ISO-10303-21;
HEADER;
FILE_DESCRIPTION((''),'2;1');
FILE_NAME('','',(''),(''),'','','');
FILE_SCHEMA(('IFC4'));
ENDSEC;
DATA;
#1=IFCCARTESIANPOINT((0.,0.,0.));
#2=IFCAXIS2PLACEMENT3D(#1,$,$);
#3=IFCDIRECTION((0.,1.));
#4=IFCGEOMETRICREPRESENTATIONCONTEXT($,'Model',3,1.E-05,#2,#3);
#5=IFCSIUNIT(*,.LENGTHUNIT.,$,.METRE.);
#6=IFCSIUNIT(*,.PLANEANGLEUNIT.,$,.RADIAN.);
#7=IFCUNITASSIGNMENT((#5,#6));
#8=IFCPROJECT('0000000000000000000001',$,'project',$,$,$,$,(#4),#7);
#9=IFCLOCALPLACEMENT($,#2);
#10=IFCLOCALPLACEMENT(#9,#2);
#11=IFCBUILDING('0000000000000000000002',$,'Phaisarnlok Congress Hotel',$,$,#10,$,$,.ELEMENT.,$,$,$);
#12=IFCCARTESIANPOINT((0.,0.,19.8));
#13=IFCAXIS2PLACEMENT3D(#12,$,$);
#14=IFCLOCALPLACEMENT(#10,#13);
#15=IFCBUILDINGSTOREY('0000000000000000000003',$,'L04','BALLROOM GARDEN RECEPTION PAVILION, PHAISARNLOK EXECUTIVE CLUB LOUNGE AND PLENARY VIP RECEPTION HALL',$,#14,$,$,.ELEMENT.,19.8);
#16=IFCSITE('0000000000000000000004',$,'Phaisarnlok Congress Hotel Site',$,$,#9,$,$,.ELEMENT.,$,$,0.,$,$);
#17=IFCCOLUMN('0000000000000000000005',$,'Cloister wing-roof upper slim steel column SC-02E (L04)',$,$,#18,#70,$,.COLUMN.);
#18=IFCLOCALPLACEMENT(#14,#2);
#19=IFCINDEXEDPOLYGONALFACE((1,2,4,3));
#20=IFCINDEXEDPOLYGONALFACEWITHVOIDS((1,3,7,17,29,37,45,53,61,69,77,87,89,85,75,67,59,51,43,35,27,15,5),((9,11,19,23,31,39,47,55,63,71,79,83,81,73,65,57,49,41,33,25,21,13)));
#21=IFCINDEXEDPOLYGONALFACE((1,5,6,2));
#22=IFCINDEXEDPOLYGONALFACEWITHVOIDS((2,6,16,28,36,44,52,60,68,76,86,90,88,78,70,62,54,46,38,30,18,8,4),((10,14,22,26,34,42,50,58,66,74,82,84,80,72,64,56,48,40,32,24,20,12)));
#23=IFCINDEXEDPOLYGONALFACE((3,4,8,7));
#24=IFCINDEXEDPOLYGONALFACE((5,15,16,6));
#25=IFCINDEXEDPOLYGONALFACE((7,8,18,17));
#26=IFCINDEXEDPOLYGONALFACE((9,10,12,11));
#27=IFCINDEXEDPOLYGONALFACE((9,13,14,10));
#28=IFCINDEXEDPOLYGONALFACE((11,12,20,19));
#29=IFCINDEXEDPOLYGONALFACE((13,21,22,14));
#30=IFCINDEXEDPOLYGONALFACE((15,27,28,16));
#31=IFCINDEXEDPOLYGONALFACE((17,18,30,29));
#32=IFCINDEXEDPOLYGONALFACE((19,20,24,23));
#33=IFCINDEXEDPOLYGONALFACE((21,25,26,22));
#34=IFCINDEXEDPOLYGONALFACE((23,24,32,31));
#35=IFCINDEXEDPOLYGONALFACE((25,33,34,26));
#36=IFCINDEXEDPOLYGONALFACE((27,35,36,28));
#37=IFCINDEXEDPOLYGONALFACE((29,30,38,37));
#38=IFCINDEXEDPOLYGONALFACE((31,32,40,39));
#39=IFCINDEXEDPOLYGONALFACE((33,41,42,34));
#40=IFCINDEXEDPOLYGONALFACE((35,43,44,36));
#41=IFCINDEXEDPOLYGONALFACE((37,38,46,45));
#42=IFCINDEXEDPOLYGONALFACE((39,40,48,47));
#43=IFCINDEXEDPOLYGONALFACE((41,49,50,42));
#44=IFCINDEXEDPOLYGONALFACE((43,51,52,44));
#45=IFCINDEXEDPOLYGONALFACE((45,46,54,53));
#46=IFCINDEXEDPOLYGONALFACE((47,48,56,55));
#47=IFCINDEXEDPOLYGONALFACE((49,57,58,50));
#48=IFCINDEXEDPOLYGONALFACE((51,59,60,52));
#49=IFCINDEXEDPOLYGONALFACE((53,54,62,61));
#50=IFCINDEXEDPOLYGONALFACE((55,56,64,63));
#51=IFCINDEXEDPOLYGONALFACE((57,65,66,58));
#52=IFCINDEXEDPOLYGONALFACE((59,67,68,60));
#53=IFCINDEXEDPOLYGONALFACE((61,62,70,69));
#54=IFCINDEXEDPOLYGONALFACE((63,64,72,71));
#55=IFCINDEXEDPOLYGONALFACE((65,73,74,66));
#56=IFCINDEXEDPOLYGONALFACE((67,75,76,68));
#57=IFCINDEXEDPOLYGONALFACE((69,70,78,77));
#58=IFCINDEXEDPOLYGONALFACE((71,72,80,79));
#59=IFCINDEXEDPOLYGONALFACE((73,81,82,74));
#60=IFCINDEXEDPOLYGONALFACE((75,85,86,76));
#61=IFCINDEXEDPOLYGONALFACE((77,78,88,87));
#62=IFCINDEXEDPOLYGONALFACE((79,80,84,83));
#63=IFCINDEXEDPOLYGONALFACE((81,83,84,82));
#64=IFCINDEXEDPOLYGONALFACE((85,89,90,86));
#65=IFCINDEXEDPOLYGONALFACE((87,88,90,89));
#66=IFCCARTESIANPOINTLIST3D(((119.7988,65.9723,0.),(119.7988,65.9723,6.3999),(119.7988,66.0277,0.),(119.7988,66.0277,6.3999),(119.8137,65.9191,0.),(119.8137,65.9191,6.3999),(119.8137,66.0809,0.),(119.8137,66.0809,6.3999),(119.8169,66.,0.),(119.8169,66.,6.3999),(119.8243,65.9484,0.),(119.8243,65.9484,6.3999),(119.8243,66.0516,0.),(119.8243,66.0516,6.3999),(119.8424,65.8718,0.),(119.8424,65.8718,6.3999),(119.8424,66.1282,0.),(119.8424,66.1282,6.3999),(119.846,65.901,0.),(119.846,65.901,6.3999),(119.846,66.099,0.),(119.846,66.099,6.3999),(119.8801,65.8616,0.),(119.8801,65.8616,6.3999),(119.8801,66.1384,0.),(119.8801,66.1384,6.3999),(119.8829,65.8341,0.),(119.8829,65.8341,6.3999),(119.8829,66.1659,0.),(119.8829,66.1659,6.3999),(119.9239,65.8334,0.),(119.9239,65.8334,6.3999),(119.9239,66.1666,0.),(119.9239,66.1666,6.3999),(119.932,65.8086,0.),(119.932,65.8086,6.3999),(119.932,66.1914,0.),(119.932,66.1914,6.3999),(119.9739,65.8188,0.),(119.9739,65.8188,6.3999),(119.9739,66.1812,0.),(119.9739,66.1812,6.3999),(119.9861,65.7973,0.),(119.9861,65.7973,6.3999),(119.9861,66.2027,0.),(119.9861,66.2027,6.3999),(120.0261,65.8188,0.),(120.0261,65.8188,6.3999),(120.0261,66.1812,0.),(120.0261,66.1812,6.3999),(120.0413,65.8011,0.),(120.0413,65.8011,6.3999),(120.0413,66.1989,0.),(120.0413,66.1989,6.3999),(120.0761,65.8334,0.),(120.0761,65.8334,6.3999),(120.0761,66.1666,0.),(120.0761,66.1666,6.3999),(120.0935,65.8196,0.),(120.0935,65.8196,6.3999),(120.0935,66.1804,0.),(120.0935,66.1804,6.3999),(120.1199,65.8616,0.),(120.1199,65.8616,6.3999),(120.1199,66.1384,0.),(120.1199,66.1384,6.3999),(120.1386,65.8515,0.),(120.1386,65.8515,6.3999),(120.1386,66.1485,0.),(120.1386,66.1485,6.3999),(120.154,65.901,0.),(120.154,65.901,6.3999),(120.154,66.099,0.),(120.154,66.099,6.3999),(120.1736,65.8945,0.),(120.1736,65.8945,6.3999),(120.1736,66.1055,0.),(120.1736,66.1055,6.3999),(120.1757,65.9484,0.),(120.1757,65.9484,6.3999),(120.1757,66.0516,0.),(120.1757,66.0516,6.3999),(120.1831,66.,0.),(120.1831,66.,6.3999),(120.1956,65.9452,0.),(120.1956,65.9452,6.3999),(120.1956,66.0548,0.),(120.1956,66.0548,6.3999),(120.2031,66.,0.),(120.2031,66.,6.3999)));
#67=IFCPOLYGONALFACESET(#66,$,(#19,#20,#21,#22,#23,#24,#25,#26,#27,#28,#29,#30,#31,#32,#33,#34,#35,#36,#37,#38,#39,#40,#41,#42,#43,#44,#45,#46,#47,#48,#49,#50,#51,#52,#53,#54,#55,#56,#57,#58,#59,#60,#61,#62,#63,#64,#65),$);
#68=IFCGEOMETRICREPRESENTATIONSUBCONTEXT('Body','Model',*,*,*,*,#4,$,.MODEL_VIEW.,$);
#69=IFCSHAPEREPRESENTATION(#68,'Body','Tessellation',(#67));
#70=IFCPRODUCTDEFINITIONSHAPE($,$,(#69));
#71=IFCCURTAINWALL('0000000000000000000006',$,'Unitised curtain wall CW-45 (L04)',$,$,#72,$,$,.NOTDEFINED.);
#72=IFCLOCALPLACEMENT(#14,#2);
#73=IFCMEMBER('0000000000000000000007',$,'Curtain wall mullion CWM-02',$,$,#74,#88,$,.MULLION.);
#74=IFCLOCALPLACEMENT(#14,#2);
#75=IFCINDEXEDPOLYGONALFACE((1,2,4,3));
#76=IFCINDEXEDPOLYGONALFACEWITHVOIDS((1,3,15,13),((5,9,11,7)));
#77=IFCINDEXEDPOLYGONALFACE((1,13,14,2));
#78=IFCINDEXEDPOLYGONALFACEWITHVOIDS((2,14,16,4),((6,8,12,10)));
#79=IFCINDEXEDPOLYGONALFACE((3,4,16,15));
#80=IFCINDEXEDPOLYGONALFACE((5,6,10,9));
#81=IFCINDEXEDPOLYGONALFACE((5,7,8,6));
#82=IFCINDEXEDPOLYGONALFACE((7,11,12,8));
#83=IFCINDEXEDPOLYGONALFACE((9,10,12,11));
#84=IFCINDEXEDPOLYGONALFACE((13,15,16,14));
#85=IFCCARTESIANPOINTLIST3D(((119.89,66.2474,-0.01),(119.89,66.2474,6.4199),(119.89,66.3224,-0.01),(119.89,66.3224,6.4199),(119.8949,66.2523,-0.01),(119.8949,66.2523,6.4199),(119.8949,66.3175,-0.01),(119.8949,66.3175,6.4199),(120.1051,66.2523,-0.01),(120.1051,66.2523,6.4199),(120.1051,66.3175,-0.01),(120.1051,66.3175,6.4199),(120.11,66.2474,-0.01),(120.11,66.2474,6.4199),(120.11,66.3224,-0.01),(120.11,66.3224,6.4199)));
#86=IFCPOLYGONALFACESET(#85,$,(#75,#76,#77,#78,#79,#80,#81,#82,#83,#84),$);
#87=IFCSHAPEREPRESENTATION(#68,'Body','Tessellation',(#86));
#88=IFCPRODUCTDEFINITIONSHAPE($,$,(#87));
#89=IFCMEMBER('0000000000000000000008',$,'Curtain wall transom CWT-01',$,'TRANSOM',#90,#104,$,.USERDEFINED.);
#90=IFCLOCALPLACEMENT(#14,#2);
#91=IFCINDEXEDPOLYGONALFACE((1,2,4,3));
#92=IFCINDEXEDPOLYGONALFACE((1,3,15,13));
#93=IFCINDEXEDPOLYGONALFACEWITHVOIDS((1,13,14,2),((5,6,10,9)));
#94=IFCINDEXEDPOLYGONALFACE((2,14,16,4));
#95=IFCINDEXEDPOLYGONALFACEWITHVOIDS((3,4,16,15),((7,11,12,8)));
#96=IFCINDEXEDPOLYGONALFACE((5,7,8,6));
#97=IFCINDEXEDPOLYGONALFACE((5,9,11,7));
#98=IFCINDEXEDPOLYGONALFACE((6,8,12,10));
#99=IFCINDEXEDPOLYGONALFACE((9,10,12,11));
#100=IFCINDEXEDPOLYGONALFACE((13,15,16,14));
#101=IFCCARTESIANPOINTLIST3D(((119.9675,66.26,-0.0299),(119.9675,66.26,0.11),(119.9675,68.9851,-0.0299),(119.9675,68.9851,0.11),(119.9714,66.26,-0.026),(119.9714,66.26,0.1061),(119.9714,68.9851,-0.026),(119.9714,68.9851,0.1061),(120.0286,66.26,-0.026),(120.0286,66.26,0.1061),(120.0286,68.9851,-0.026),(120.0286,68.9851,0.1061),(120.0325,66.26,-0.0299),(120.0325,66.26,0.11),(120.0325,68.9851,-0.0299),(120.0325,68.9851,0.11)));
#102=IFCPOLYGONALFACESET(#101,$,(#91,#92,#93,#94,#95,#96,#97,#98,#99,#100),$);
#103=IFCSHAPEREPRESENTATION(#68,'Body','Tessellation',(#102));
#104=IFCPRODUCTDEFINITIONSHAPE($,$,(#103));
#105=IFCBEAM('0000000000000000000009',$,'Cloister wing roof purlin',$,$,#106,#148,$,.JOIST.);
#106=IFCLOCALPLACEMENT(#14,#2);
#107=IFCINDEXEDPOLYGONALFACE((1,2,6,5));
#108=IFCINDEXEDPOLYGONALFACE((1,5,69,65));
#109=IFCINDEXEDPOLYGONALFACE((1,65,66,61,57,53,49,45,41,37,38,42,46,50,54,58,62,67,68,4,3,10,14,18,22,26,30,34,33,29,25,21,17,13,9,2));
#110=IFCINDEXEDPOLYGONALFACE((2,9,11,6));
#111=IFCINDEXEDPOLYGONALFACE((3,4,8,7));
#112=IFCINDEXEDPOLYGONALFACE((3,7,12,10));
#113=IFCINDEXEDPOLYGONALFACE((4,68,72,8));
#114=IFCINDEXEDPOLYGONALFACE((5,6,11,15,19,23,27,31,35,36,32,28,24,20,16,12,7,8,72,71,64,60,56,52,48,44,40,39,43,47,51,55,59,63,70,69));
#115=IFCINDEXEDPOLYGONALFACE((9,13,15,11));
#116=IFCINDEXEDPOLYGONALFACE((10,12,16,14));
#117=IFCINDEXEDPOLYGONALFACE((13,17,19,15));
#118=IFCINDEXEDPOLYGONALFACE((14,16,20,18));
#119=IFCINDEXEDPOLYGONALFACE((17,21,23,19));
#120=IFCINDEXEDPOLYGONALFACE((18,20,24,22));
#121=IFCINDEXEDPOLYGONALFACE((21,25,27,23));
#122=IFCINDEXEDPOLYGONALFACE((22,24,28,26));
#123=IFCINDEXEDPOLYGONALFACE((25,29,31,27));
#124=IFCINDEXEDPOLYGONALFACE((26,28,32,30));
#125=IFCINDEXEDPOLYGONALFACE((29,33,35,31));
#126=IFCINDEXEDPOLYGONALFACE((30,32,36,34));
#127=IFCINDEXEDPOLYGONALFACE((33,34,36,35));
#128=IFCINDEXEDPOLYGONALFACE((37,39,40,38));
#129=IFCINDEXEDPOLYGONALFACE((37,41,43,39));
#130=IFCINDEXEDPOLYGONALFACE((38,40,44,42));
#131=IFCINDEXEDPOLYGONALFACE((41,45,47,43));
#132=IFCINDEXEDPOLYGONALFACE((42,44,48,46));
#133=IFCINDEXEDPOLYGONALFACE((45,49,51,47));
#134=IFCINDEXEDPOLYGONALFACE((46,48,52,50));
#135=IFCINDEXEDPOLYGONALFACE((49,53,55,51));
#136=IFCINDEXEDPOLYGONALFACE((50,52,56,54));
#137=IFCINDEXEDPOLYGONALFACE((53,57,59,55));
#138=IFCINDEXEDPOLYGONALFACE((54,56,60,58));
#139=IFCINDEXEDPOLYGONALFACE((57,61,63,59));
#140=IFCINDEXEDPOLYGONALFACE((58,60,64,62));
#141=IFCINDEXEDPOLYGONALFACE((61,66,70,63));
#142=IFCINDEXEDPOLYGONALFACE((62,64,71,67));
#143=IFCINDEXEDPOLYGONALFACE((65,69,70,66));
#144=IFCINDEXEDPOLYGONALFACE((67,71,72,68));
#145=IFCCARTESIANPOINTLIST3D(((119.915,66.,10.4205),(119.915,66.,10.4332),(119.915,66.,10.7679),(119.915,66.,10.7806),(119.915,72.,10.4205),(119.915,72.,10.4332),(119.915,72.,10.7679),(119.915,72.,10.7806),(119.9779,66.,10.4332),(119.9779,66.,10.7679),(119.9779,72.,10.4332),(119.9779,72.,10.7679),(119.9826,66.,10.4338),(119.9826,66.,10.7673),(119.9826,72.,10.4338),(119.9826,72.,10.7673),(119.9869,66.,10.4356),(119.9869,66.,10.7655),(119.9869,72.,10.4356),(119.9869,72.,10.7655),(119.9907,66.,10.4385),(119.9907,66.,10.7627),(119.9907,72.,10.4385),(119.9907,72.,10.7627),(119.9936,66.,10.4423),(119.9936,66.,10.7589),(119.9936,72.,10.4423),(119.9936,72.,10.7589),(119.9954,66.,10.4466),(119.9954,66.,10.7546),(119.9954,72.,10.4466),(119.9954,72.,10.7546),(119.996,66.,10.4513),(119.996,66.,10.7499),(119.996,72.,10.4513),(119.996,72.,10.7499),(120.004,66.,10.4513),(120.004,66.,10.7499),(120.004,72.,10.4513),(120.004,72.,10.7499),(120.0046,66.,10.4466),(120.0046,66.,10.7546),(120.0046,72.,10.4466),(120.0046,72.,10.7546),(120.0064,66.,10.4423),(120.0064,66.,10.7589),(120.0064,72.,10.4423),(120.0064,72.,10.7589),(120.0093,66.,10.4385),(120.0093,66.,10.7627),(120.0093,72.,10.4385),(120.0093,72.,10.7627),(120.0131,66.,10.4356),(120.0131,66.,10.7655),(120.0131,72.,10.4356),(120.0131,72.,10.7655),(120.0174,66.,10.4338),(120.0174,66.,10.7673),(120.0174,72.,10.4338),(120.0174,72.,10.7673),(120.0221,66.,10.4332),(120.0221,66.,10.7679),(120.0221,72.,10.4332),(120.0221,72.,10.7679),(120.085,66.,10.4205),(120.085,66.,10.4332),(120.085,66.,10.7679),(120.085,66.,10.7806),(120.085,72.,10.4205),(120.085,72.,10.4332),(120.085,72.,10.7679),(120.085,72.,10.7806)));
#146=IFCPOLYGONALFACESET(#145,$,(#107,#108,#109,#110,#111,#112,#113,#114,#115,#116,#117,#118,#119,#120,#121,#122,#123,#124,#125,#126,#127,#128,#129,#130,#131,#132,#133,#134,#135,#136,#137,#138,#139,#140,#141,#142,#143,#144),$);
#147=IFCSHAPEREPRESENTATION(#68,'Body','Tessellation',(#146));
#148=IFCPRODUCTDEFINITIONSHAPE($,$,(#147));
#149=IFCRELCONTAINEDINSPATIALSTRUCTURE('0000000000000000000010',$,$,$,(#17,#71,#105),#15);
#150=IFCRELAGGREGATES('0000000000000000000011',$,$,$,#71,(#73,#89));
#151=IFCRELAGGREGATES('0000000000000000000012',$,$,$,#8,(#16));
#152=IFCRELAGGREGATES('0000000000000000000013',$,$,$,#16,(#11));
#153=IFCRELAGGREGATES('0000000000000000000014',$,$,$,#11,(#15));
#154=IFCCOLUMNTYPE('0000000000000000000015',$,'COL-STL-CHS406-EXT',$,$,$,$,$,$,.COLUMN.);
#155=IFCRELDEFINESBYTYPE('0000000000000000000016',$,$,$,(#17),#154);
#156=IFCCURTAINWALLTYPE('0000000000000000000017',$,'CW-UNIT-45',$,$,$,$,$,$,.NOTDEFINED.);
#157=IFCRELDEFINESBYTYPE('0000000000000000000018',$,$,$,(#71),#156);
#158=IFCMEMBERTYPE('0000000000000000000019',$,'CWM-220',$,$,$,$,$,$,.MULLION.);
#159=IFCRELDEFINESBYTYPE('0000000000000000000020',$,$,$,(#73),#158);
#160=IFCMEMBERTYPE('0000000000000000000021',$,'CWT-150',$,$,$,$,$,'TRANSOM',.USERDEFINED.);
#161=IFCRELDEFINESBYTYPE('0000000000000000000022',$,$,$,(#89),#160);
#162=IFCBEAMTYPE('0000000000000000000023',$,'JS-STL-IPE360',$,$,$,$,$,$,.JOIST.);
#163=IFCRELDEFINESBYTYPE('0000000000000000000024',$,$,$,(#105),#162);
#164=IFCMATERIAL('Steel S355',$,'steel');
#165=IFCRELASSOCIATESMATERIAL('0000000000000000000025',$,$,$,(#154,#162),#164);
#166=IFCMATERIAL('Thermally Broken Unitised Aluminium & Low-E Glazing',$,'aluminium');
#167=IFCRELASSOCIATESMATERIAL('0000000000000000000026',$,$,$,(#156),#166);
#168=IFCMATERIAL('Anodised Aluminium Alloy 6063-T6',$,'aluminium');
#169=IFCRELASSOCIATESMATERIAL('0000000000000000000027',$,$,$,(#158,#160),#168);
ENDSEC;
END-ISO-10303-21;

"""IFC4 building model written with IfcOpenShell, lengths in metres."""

from ifc_helpers import new_model, si_unit, direction, frame, origin, origin_2d, place, context, subcontext, project, spatial, hollow_rectangle, hollow_circle, i_section, extrude, material, material_profile, profile_set, type_object, element, aggregate, save


model = new_model("IFC4")

# Units and contexts
model_context = context("Model", 3, precision=1e-05, world=origin(), true_north=direction((0.0, 1.0)))
body_context = subcontext(model_context, "Body", "Model", "MODEL_VIEW")
ifc_project = project(units=[si_unit("LENGTHUNIT", "METRE"), si_unit("PLANEANGLEUNIT", "RADIAN")], contexts=[model_context])

# Site, building, storey
site_placement = place(None, origin())
site = spatial("IfcSite", under=ifc_project, at=site_placement, Name="Phaisarnlok Congress Hotel Site", CompositionType="ELEMENT", RefElevation=0.0)
building_placement = place(site_placement, origin())
building = spatial("IfcBuilding", under=site, at=building_placement, Name="Phaisarnlok Congress Hotel", CompositionType="ELEMENT")
storey_placement = place(building_placement, frame((0.0, 0.0, 19.8)))
storey = spatial("IfcBuildingStorey", under=building, at=storey_placement, Name="L04", Description="BALLROOM GARDEN RECEPTION PAVILION, PHAISARNLOK EXECUTIVE CLUB LOUNGE AND PLENARY VIP RECEPTION HALL", CompositionType="ELEMENT", Elevation=19.8)

# Column
ifc_material_1 = material(Name="Steel S355", Category="steel")
ifc_material_profile_1 = material_profile(ifc_material_1, hollow_circle(Radius=0.2031, WallThickness=0.02, at=origin_2d()), Name="CHS 406.4x20")
ifc_profile_set_1 = profile_set([ifc_material_profile_1], Name="Steel S355")
column_type = type_object("IfcColumnType", Name="COL-STL-CHS406-EXT", PredefinedType="COLUMN", material=ifc_profile_set_1)
column_placement = place(storey_placement, frame((120.0, 66.0, 0.0), z_axis=(0.0, 0.0, 1.0), x_axis=(1.0, 0.0, 0.0)))
element("IfcColumn", 1, at=column_placement, inside=storey, type_object=column_type, Name="Cloister wing-roof upper slim steel column SC-02E (L04)", PredefinedType="COLUMN", context=body_context, shape_type="SweptSolid", body=[
    extrude(hollow_circle(Radius=0.2031, WallThickness=0.02, at=origin_2d()), origin(), (0.0, 0.0, 1.0), 6.3999),
])

# Curtain wall, members
ifc_material_2 = material(Name="Thermally Broken Unitised Aluminium & Low-E Glazing", Category="aluminium")
curtain_wall_type = type_object("IfcCurtainWallType", Name="CW-UNIT-45", PredefinedType="NOTDEFINED", material=ifc_material_2)
curtain_wall_placement = place(storey_placement, origin())
curtain_wall = element("IfcCurtainWall", 2, at=curtain_wall_placement, inside=storey, type_object=curtain_wall_type, Name="Unitised curtain wall CW-45 (L04)", PredefinedType="NOTDEFINED")
ifc_material_3 = material(Name="Anodised Aluminium Alloy 6063-T6", Category="aluminium")
ifc_material_profile_2 = material_profile(ifc_material_3, hollow_rectangle(XDim=0.075, YDim=0.22, WallThickness=0.0049, at=origin_2d()), Name="ALU-M 75x220x5")
ifc_profile_set_2 = profile_set([ifc_material_profile_2], Name="Anodised Aluminium Alloy 6063-T6")
member_type_1 = type_object("IfcMemberType", Name="CWM-220", PredefinedType="MULLION", material=ifc_profile_set_2)
member_1_placement = place(storey_placement, frame((120.0, 66.2849, -0.01), z_axis=(0.0, 0.0, 1.0), x_axis=(0.0, -1.0, 0.0)))
member_1 = element("IfcMember", 3, at=member_1_placement, type_object=member_type_1, Name="Curtain wall mullion CWM-02", PredefinedType="MULLION", context=body_context, shape_type="SweptSolid", body=[
    extrude(hollow_rectangle(XDim=0.075, YDim=0.22, WallThickness=0.0049, at=origin_2d()), origin(), (0.0, 0.0, 1.0), 6.4299),
])
ifc_material_profile_3 = material_profile(ifc_material_3, hollow_rectangle(XDim=0.0649, YDim=0.1399, WallThickness=0.0039, at=origin_2d()), Name="ALU-T 65x140x4")
ifc_profile_set_3 = profile_set([ifc_material_profile_3], Name="Anodised Aluminium Alloy 6063-T6")
member_type_2 = type_object("IfcMemberType", Name="CWT-150", ElementType="TRANSOM", PredefinedType="USERDEFINED", material=ifc_profile_set_3)
member_2_placement = place(storey_placement, frame((120.0, 68.9851, 0.04), z_axis=(0.0, -1.0, 0.0), x_axis=(1.0, 0.0, 0.0)))
member_2 = element("IfcMember", 4, at=member_2_placement, type_object=member_type_2, Name="Curtain wall transom CWT-01", ObjectType="TRANSOM", PredefinedType="USERDEFINED", context=body_context, shape_type="SweptSolid", body=[
    extrude(hollow_rectangle(XDim=0.0649, YDim=0.1399, WallThickness=0.0039, at=origin_2d()), origin(), (0.0, 0.0, 1.0), 2.7251),
])
aggregate(curtain_wall, [member_1, member_2])

# Beam
ifc_material_profile_4 = material_profile(ifc_material_1, i_section(OverallWidth=0.1699, OverallDepth=0.3601, WebThickness=0.0081, FlangeThickness=0.0127, FilletRadius=0.0181, at=origin_2d()), Name="IPE 360")
ifc_profile_set_4 = profile_set([ifc_material_profile_4], Name="Steel S355")
beam_type = type_object("IfcBeamType", Name="JS-STL-IPE360", PredefinedType="JOIST", material=ifc_profile_set_4)
beam_placement = place(storey_placement, frame((120.0, 66.0, 10.6006), z_axis=(0.0, 1.0, 0.0), x_axis=(-1.0, 0.0, 0.0)))
element("IfcBeam", 5, at=beam_placement, inside=storey, type_object=beam_type, Name="Cloister wing roof purlin", PredefinedType="JOIST", context=body_context, shape_type="SweptSolid", body=[
    extrude(i_section(OverallWidth=0.1699, OverallDepth=0.3601, WebThickness=0.0081, FlangeThickness=0.0127, FilletRadius=0.0181, at=origin_2d()), origin(), (0.0, 0.0, 1.0), 6.0),
])

save(model, "model.ifc")
